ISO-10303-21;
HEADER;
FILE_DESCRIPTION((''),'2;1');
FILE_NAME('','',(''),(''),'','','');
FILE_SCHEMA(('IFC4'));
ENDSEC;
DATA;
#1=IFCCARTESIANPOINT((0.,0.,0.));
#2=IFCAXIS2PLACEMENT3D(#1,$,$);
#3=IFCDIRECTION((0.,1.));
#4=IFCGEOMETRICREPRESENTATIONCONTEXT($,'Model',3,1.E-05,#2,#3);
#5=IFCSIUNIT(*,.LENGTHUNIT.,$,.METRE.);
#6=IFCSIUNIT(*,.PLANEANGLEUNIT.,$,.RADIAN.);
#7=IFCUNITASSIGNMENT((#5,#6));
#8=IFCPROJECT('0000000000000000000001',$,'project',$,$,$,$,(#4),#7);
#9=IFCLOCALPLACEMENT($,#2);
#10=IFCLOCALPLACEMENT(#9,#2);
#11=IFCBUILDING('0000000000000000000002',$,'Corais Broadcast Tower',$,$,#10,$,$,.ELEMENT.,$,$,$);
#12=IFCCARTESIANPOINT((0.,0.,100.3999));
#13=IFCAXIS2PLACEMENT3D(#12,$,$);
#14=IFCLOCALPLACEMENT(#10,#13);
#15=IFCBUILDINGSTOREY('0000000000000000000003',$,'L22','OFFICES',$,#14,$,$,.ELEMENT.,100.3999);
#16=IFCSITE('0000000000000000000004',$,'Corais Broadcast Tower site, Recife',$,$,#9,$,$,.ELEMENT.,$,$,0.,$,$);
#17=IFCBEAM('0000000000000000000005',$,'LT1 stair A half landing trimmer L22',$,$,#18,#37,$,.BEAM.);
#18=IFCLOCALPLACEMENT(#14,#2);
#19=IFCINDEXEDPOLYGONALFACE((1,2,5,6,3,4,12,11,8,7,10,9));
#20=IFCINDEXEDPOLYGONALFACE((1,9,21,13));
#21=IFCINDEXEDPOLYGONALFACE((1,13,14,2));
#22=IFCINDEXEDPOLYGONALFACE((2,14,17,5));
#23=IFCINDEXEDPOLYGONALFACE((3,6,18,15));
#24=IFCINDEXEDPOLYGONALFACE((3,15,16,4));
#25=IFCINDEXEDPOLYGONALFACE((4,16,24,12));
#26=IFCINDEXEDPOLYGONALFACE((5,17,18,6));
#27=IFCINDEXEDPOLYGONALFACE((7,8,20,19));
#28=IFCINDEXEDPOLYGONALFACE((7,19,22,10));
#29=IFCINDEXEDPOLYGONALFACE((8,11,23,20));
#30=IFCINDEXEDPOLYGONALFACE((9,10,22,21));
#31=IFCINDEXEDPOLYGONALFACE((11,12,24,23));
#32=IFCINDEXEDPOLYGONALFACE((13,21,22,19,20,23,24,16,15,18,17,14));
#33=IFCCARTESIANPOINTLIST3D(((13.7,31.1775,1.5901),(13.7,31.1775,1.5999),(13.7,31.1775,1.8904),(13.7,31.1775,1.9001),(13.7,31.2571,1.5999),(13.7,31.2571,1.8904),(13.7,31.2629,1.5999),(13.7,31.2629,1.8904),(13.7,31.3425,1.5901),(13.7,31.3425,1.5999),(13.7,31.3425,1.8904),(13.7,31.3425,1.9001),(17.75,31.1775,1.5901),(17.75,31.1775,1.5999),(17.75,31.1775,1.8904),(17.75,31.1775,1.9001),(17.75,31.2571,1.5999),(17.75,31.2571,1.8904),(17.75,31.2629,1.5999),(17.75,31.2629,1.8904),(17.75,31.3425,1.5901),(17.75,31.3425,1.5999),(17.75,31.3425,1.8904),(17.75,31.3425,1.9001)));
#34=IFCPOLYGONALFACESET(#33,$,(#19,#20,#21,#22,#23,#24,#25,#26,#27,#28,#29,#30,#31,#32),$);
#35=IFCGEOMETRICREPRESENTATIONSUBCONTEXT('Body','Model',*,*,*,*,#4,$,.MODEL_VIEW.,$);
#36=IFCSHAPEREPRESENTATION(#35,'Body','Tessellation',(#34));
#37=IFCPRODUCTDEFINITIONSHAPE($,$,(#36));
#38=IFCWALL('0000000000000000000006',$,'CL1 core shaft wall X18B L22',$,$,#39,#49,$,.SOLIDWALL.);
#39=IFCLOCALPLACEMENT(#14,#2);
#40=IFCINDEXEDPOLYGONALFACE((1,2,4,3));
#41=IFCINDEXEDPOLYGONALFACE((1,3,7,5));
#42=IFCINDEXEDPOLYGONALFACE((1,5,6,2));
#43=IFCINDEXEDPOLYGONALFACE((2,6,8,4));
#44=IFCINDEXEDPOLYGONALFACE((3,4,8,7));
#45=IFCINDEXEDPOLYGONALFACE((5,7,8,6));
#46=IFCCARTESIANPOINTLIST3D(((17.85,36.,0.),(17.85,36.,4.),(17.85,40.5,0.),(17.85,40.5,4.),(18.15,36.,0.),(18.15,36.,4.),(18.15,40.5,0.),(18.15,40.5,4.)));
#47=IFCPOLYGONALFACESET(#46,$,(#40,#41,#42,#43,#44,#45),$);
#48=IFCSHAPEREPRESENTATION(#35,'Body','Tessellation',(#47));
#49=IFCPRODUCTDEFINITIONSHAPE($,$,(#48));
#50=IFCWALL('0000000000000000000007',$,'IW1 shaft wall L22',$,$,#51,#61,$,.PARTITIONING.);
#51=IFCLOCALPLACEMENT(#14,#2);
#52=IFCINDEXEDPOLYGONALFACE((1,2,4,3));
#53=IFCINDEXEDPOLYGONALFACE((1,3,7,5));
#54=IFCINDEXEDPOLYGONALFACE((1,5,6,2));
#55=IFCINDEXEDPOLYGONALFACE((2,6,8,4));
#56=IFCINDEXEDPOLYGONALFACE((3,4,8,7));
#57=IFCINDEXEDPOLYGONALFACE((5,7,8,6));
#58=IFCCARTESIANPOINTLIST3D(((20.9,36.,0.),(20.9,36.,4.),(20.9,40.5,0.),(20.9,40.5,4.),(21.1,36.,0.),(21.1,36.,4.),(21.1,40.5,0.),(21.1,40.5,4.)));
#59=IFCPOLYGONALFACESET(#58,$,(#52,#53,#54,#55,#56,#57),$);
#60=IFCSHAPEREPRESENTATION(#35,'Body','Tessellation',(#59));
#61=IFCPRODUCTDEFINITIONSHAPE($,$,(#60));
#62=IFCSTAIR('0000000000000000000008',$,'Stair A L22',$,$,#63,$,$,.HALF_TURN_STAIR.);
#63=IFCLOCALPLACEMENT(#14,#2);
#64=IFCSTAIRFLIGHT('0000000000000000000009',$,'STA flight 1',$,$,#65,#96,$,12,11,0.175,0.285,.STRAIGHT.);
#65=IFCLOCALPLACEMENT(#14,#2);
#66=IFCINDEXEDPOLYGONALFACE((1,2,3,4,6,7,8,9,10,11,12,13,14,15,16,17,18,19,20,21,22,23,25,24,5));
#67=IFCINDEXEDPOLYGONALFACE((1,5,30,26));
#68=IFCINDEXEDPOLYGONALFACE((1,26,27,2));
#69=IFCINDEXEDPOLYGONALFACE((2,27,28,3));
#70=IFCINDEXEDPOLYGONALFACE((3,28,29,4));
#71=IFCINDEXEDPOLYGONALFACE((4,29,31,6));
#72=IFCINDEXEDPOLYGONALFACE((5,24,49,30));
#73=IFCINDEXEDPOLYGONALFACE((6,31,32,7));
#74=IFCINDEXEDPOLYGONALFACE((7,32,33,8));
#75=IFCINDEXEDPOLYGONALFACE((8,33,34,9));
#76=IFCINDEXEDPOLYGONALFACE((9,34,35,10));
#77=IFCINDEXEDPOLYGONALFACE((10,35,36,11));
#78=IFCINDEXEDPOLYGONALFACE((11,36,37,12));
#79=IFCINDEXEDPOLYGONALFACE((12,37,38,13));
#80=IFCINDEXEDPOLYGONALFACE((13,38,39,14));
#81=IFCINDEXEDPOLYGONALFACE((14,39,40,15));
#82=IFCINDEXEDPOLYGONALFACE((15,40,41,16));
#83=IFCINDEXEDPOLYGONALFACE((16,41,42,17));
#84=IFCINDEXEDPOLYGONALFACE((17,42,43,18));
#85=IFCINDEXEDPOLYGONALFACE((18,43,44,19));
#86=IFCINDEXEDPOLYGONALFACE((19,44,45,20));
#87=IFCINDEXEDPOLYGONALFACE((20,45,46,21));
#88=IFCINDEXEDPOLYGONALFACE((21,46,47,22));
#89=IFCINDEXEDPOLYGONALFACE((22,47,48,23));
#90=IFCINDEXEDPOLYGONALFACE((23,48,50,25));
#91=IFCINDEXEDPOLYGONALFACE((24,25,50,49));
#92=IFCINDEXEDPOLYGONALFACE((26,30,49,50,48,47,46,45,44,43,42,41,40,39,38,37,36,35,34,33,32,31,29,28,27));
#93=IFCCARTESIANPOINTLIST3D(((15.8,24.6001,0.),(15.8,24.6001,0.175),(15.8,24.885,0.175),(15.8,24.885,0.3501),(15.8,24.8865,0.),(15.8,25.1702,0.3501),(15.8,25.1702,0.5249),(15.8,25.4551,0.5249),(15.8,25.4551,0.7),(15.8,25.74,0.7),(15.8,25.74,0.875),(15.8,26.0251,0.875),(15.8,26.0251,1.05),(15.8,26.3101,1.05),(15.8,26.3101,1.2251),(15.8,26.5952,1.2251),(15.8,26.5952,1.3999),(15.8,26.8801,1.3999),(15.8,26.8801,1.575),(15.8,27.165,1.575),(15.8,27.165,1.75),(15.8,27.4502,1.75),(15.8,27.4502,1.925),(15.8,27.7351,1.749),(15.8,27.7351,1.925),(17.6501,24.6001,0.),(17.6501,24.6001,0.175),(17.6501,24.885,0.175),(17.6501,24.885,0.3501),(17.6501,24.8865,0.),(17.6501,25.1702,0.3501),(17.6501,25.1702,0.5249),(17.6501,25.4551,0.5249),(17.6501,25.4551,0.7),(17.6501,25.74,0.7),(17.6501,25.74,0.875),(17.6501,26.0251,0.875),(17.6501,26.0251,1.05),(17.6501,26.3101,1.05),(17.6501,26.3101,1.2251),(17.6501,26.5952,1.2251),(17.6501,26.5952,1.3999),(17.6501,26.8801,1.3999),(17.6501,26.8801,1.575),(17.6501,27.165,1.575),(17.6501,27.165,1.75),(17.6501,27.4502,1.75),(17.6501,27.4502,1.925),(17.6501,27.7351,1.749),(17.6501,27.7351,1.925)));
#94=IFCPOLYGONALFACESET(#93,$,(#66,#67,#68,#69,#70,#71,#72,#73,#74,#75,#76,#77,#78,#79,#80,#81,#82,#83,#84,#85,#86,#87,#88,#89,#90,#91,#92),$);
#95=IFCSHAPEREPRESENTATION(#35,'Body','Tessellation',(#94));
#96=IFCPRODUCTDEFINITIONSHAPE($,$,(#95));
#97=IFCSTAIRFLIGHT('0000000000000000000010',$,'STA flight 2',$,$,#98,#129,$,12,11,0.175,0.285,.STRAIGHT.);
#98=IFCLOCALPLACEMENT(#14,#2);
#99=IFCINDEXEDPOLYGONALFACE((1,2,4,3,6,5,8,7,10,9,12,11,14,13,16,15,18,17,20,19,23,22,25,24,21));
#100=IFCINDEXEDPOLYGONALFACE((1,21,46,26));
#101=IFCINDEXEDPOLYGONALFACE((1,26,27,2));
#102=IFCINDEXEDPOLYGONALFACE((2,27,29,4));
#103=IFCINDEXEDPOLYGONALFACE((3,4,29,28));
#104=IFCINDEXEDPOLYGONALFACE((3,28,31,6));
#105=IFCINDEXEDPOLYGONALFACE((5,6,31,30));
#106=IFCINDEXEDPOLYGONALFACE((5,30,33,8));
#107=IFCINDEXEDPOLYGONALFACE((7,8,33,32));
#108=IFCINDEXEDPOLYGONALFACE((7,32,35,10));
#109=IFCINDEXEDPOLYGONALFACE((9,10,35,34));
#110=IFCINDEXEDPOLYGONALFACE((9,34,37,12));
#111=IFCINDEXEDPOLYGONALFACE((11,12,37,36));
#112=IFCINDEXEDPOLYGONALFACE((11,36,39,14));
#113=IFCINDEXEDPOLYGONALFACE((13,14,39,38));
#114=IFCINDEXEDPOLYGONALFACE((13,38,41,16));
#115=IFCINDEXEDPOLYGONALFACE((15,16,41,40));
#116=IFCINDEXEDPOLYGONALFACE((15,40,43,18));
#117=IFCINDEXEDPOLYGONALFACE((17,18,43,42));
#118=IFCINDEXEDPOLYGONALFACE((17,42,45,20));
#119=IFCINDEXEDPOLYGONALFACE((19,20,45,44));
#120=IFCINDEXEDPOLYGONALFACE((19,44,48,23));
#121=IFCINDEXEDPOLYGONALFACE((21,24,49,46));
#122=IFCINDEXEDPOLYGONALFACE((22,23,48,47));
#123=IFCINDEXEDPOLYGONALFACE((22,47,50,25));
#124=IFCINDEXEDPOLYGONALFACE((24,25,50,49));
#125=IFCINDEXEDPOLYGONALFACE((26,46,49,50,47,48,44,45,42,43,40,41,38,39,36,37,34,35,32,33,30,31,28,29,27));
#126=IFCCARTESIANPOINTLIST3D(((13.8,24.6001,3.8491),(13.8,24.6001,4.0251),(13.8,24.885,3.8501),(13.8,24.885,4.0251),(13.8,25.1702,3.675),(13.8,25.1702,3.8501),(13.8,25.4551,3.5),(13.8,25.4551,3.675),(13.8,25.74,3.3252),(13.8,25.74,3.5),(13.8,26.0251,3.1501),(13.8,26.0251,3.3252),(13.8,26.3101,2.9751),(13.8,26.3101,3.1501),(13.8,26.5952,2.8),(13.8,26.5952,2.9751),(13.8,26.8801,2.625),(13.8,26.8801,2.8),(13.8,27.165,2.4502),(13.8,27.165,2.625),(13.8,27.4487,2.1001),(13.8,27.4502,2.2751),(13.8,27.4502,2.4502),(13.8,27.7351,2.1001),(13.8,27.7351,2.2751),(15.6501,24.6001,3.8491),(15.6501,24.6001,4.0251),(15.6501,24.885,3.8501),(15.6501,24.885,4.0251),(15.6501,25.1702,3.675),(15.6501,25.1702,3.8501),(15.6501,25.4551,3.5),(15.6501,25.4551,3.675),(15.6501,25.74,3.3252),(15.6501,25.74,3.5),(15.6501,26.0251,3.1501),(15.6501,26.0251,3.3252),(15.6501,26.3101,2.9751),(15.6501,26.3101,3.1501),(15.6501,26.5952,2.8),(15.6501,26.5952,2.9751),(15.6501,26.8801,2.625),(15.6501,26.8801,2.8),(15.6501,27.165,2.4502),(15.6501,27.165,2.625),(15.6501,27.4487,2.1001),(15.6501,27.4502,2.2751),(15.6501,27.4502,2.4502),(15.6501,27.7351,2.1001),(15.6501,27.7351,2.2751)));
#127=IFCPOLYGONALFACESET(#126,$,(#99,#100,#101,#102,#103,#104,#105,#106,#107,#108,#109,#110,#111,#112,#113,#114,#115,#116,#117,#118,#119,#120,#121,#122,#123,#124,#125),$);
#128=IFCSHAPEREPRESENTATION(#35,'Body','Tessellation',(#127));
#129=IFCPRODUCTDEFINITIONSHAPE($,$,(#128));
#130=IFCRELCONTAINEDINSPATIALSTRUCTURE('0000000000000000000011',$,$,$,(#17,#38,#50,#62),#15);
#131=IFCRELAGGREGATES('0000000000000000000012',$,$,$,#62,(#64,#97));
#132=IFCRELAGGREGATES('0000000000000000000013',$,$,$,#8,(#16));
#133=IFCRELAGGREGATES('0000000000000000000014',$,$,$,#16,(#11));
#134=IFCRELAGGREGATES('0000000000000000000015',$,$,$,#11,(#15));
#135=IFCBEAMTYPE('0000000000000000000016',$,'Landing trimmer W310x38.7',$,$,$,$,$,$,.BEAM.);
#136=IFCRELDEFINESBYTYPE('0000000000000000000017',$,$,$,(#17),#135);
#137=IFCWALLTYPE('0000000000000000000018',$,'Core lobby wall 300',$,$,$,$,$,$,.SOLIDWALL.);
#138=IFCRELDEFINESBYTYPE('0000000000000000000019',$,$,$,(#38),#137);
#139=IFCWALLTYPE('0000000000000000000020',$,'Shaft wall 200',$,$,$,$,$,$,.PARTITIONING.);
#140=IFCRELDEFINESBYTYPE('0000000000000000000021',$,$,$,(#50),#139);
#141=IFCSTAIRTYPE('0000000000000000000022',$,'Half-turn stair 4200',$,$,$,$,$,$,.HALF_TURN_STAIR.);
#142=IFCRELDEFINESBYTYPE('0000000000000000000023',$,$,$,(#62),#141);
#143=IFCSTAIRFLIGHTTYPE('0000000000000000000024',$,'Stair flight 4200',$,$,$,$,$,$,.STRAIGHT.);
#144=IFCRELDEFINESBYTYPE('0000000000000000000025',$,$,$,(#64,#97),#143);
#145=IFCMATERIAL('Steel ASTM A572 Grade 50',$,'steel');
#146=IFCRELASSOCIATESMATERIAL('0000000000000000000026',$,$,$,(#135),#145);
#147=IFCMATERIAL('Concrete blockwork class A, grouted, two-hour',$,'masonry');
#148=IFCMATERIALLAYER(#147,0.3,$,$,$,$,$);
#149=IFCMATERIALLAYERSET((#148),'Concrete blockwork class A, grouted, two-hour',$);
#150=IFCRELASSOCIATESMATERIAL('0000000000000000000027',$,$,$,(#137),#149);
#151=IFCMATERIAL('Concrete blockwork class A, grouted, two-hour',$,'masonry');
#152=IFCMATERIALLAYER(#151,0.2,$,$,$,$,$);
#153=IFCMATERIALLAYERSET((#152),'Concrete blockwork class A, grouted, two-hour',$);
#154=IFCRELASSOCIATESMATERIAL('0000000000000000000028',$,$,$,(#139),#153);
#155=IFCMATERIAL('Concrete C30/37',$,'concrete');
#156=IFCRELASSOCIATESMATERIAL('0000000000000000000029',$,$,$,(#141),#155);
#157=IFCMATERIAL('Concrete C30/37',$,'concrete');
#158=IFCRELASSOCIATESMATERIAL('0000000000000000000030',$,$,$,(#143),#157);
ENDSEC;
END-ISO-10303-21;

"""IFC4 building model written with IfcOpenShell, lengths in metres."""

from ifc_helpers import new_model, si_unit, direction, frame, frame_2d, origin, origin_2d, place, context, subcontext, project, spatial, polyline, rectangle, i_section, outline, extrude, material, layer, layer_set, material_profile, profile_set, type_object, element, aggregate, save


model = new_model("IFC4")

# Units and contexts
model_context = context("Model", 3, precision=1e-05, world=origin(), true_north=direction((0.0, 1.0)))
body_context = subcontext(model_context, "Body", "Model", "MODEL_VIEW")
ifc_project = project(units=[si_unit("LENGTHUNIT", "METRE"), si_unit("PLANEANGLEUNIT", "RADIAN")], contexts=[model_context])

# Site, building, storey
site_placement = place(None, origin())
site = spatial("IfcSite", under=ifc_project, at=site_placement, Name="Corais Broadcast Tower site, Recife", CompositionType="ELEMENT", RefElevation=0.0)
building_placement = place(site_placement, origin())
building = spatial("IfcBuilding", under=site, at=building_placement, Name="Corais Broadcast Tower", CompositionType="ELEMENT")
storey_placement = place(building_placement, frame((0.0, 0.0, 100.3999)))
storey = spatial("IfcBuildingStorey", under=building, at=storey_placement, Name="L22", Description="OFFICES", CompositionType="ELEMENT", Elevation=100.3999)

# Beam
ifc_material_1 = material(Name="Steel ASTM A572 Grade 50", Category="steel")
ifc_material_profile = material_profile(ifc_material_1, i_section(OverallWidth=0.165, OverallDepth=0.3101, WebThickness=0.0059, FlangeThickness=0.0098, at=origin_2d()), Name="W310x38.7")
ifc_profile_set = profile_set([ifc_material_profile], Name="Steel ASTM A572 Grade 50")
beam_type = type_object("IfcBeamType", Name="Landing trimmer W310x38.7", PredefinedType="BEAM", material=ifc_profile_set)
beam_placement = place(storey_placement, frame((13.7, 31.26, 1.7451), z_axis=(1.0, 0.0, 0.0), x_axis=(0.0, 1.0, 0.0)))
element("IfcBeam", 1, at=beam_placement, inside=storey, type_object=beam_type, Name="LT1 stair A half landing trimmer L22", PredefinedType="BEAM", context=body_context, shape_type="SweptSolid", body=[
    extrude(i_section(OverallWidth=0.165, OverallDepth=0.3101, WebThickness=0.0059, FlangeThickness=0.0098, at=origin_2d()), origin(), (0.0, 0.0, 1.0), 4.05),
])

# Walls
ifc_material_2 = material(Name="Concrete blockwork class A, grouted, two-hour", Category="masonry")
ifc_layer_1 = layer(ifc_material_2, 0.3)
ifc_layer_set_1 = layer_set([ifc_layer_1], Name="Concrete blockwork class A, grouted, two-hour")
wall_type_1 = type_object("IfcWallType", Name="Core lobby wall 300", PredefinedType="SOLIDWALL", material=ifc_layer_set_1)
wall_1_placement = place(storey_placement, frame((18.0, 36.0, 0.0), z_axis=(0.0, 0.0, 1.0), x_axis=(0.0, 1.0, 0.0)))
element("IfcWall", 2, at=wall_1_placement, inside=storey, type_object=wall_type_1, Name="CL1 core shaft wall X18B L22", PredefinedType="SOLIDWALL", context=body_context, shape_type="SweptSolid", body=[
    extrude(rectangle(XDim=4.5, YDim=0.3, at=frame_2d((2.25, 0.0))), origin(), (0.0, 0.0, 1.0), 4.0),
])
ifc_material_3 = material(Name="Concrete blockwork class A, grouted, two-hour", Category="masonry")
ifc_layer_2 = layer(ifc_material_3, 0.2)
ifc_layer_set_2 = layer_set([ifc_layer_2], Name="Concrete blockwork class A, grouted, two-hour")
wall_type_2 = type_object("IfcWallType", Name="Shaft wall 200", PredefinedType="PARTITIONING", material=ifc_layer_set_2)
wall_2_placement = place(storey_placement, frame((21.0, 36.0, 0.0), z_axis=(0.0, 0.0, 1.0), x_axis=(0.0, 1.0, 0.0)))
element("IfcWall", 3, at=wall_2_placement, inside=storey, type_object=wall_type_2, Name="IW1 shaft wall L22", PredefinedType="PARTITIONING", context=body_context, shape_type="SweptSolid", body=[
    extrude(rectangle(XDim=4.5, YDim=0.2, at=frame_2d((2.25, 0.0))), origin(), (0.0, 0.0, 1.0), 4.0),
])

# Stair, stair flights
ifc_material_4 = material(Name="Concrete C30/37", Category="concrete")
stair_type = type_object("IfcStairType", Name="Half-turn stair 4200", PredefinedType="HALF_TURN_STAIR", material=ifc_material_4)
stair_placement = place(storey_placement, origin())
stair = element("IfcStair", 4, at=stair_placement, inside=storey, type_object=stair_type, Name="Stair A L22", PredefinedType="HALF_TURN_STAIR")
ifc_material_5 = material(Name="Concrete C30/37", Category="concrete")
stair_flight_type = type_object("IfcStairFlightType", Name="Stair flight 4200", PredefinedType="STRAIGHT", material=ifc_material_5)
stair_flight_1_placement = place(storey_placement, frame((16.7251, 24.6001, 0.0), z_axis=(0.0, 0.0, 1.0), x_axis=(0.0, 1.0, 0.0)))
stair_flight_1 = element("IfcStairFlight", 5, at=stair_flight_1_placement, type_object=stair_flight_type, Name="STA flight 1", NumberOfRisers=12, NumberOfTreads=11, PredefinedType="STRAIGHT", RiserHeight=0.175, TreadLength=0.285, context=body_context, shape_type="SweptSolid", body=[
    extrude(outline(polyline([(0.0, 0.0), (0.0, 0.175), (0.2849, 0.175), (0.2849, 0.3501), (0.5701, 0.3501), (0.5701, 0.5249), (0.855, 0.5249), (0.855, 0.7), (1.1399, 0.7), (1.1399, 0.875), (1.425, 0.875), (1.425, 1.05), (1.71, 1.05), (1.71, 1.2251), (1.9951, 1.2251), (1.9951, 1.3999), (2.28, 1.3999), (2.28, 1.575), (2.5649, 1.575), (2.5649, 1.75), (2.8501, 1.75), (2.8501, 1.925), (3.135, 1.925), (3.135, 2.1001), (3.135, 1.749), (0.2864, 0.0), (0.0, 0.0)])), frame((0.0, 0.925, 0.0), z_axis=(0.0, -1.0, 0.0), x_axis=(1.0, 0.0, 0.0)), (0.0, 0.0, 1.0), 1.8501),
])
stair_flight_2_placement = place(storey_placement, frame((14.7251, 27.7351, 2.1001), z_axis=(0.0, 0.0, 1.0), x_axis=(0.0, -1.0, 0.0)))
stair_flight_2 = element("IfcStairFlight", 6, at=stair_flight_2_placement, type_object=stair_flight_type, Name="STA flight 2", NumberOfRisers=12, NumberOfTreads=11, PredefinedType="STRAIGHT", RiserHeight=0.175, TreadLength=0.285, context=body_context, shape_type="SweptSolid", body=[
    extrude(outline(polyline([(0.0, 0.0), (0.0, 0.175), (0.2849, 0.175), (0.2849, 0.3501), (0.5701, 0.3501), (0.5701, 0.5249), (0.855, 0.5249), (0.855, 0.7), (1.1399, 0.7), (1.1399, 0.875), (1.425, 0.875), (1.425, 1.05), (1.71, 1.05), (1.71, 1.2251), (1.9951, 1.2251), (1.9951, 1.3999), (2.28, 1.3999), (2.28, 1.575), (2.5649, 1.575), (2.5649, 1.75), (2.8501, 1.75), (2.8501, 1.925), (3.135, 1.925), (3.135, 2.1001), (3.135, 1.749), (0.2864, 0.0), (0.0, 0.0)])), frame((0.0, 0.925, 0.0), z_axis=(0.0, -1.0, 0.0), x_axis=(1.0, 0.0, 0.0)), (0.0, 0.0, 1.0), 1.8501),
])
aggregate(stair, [stair_flight_1, stair_flight_2])

save(model, "model.ifc")
